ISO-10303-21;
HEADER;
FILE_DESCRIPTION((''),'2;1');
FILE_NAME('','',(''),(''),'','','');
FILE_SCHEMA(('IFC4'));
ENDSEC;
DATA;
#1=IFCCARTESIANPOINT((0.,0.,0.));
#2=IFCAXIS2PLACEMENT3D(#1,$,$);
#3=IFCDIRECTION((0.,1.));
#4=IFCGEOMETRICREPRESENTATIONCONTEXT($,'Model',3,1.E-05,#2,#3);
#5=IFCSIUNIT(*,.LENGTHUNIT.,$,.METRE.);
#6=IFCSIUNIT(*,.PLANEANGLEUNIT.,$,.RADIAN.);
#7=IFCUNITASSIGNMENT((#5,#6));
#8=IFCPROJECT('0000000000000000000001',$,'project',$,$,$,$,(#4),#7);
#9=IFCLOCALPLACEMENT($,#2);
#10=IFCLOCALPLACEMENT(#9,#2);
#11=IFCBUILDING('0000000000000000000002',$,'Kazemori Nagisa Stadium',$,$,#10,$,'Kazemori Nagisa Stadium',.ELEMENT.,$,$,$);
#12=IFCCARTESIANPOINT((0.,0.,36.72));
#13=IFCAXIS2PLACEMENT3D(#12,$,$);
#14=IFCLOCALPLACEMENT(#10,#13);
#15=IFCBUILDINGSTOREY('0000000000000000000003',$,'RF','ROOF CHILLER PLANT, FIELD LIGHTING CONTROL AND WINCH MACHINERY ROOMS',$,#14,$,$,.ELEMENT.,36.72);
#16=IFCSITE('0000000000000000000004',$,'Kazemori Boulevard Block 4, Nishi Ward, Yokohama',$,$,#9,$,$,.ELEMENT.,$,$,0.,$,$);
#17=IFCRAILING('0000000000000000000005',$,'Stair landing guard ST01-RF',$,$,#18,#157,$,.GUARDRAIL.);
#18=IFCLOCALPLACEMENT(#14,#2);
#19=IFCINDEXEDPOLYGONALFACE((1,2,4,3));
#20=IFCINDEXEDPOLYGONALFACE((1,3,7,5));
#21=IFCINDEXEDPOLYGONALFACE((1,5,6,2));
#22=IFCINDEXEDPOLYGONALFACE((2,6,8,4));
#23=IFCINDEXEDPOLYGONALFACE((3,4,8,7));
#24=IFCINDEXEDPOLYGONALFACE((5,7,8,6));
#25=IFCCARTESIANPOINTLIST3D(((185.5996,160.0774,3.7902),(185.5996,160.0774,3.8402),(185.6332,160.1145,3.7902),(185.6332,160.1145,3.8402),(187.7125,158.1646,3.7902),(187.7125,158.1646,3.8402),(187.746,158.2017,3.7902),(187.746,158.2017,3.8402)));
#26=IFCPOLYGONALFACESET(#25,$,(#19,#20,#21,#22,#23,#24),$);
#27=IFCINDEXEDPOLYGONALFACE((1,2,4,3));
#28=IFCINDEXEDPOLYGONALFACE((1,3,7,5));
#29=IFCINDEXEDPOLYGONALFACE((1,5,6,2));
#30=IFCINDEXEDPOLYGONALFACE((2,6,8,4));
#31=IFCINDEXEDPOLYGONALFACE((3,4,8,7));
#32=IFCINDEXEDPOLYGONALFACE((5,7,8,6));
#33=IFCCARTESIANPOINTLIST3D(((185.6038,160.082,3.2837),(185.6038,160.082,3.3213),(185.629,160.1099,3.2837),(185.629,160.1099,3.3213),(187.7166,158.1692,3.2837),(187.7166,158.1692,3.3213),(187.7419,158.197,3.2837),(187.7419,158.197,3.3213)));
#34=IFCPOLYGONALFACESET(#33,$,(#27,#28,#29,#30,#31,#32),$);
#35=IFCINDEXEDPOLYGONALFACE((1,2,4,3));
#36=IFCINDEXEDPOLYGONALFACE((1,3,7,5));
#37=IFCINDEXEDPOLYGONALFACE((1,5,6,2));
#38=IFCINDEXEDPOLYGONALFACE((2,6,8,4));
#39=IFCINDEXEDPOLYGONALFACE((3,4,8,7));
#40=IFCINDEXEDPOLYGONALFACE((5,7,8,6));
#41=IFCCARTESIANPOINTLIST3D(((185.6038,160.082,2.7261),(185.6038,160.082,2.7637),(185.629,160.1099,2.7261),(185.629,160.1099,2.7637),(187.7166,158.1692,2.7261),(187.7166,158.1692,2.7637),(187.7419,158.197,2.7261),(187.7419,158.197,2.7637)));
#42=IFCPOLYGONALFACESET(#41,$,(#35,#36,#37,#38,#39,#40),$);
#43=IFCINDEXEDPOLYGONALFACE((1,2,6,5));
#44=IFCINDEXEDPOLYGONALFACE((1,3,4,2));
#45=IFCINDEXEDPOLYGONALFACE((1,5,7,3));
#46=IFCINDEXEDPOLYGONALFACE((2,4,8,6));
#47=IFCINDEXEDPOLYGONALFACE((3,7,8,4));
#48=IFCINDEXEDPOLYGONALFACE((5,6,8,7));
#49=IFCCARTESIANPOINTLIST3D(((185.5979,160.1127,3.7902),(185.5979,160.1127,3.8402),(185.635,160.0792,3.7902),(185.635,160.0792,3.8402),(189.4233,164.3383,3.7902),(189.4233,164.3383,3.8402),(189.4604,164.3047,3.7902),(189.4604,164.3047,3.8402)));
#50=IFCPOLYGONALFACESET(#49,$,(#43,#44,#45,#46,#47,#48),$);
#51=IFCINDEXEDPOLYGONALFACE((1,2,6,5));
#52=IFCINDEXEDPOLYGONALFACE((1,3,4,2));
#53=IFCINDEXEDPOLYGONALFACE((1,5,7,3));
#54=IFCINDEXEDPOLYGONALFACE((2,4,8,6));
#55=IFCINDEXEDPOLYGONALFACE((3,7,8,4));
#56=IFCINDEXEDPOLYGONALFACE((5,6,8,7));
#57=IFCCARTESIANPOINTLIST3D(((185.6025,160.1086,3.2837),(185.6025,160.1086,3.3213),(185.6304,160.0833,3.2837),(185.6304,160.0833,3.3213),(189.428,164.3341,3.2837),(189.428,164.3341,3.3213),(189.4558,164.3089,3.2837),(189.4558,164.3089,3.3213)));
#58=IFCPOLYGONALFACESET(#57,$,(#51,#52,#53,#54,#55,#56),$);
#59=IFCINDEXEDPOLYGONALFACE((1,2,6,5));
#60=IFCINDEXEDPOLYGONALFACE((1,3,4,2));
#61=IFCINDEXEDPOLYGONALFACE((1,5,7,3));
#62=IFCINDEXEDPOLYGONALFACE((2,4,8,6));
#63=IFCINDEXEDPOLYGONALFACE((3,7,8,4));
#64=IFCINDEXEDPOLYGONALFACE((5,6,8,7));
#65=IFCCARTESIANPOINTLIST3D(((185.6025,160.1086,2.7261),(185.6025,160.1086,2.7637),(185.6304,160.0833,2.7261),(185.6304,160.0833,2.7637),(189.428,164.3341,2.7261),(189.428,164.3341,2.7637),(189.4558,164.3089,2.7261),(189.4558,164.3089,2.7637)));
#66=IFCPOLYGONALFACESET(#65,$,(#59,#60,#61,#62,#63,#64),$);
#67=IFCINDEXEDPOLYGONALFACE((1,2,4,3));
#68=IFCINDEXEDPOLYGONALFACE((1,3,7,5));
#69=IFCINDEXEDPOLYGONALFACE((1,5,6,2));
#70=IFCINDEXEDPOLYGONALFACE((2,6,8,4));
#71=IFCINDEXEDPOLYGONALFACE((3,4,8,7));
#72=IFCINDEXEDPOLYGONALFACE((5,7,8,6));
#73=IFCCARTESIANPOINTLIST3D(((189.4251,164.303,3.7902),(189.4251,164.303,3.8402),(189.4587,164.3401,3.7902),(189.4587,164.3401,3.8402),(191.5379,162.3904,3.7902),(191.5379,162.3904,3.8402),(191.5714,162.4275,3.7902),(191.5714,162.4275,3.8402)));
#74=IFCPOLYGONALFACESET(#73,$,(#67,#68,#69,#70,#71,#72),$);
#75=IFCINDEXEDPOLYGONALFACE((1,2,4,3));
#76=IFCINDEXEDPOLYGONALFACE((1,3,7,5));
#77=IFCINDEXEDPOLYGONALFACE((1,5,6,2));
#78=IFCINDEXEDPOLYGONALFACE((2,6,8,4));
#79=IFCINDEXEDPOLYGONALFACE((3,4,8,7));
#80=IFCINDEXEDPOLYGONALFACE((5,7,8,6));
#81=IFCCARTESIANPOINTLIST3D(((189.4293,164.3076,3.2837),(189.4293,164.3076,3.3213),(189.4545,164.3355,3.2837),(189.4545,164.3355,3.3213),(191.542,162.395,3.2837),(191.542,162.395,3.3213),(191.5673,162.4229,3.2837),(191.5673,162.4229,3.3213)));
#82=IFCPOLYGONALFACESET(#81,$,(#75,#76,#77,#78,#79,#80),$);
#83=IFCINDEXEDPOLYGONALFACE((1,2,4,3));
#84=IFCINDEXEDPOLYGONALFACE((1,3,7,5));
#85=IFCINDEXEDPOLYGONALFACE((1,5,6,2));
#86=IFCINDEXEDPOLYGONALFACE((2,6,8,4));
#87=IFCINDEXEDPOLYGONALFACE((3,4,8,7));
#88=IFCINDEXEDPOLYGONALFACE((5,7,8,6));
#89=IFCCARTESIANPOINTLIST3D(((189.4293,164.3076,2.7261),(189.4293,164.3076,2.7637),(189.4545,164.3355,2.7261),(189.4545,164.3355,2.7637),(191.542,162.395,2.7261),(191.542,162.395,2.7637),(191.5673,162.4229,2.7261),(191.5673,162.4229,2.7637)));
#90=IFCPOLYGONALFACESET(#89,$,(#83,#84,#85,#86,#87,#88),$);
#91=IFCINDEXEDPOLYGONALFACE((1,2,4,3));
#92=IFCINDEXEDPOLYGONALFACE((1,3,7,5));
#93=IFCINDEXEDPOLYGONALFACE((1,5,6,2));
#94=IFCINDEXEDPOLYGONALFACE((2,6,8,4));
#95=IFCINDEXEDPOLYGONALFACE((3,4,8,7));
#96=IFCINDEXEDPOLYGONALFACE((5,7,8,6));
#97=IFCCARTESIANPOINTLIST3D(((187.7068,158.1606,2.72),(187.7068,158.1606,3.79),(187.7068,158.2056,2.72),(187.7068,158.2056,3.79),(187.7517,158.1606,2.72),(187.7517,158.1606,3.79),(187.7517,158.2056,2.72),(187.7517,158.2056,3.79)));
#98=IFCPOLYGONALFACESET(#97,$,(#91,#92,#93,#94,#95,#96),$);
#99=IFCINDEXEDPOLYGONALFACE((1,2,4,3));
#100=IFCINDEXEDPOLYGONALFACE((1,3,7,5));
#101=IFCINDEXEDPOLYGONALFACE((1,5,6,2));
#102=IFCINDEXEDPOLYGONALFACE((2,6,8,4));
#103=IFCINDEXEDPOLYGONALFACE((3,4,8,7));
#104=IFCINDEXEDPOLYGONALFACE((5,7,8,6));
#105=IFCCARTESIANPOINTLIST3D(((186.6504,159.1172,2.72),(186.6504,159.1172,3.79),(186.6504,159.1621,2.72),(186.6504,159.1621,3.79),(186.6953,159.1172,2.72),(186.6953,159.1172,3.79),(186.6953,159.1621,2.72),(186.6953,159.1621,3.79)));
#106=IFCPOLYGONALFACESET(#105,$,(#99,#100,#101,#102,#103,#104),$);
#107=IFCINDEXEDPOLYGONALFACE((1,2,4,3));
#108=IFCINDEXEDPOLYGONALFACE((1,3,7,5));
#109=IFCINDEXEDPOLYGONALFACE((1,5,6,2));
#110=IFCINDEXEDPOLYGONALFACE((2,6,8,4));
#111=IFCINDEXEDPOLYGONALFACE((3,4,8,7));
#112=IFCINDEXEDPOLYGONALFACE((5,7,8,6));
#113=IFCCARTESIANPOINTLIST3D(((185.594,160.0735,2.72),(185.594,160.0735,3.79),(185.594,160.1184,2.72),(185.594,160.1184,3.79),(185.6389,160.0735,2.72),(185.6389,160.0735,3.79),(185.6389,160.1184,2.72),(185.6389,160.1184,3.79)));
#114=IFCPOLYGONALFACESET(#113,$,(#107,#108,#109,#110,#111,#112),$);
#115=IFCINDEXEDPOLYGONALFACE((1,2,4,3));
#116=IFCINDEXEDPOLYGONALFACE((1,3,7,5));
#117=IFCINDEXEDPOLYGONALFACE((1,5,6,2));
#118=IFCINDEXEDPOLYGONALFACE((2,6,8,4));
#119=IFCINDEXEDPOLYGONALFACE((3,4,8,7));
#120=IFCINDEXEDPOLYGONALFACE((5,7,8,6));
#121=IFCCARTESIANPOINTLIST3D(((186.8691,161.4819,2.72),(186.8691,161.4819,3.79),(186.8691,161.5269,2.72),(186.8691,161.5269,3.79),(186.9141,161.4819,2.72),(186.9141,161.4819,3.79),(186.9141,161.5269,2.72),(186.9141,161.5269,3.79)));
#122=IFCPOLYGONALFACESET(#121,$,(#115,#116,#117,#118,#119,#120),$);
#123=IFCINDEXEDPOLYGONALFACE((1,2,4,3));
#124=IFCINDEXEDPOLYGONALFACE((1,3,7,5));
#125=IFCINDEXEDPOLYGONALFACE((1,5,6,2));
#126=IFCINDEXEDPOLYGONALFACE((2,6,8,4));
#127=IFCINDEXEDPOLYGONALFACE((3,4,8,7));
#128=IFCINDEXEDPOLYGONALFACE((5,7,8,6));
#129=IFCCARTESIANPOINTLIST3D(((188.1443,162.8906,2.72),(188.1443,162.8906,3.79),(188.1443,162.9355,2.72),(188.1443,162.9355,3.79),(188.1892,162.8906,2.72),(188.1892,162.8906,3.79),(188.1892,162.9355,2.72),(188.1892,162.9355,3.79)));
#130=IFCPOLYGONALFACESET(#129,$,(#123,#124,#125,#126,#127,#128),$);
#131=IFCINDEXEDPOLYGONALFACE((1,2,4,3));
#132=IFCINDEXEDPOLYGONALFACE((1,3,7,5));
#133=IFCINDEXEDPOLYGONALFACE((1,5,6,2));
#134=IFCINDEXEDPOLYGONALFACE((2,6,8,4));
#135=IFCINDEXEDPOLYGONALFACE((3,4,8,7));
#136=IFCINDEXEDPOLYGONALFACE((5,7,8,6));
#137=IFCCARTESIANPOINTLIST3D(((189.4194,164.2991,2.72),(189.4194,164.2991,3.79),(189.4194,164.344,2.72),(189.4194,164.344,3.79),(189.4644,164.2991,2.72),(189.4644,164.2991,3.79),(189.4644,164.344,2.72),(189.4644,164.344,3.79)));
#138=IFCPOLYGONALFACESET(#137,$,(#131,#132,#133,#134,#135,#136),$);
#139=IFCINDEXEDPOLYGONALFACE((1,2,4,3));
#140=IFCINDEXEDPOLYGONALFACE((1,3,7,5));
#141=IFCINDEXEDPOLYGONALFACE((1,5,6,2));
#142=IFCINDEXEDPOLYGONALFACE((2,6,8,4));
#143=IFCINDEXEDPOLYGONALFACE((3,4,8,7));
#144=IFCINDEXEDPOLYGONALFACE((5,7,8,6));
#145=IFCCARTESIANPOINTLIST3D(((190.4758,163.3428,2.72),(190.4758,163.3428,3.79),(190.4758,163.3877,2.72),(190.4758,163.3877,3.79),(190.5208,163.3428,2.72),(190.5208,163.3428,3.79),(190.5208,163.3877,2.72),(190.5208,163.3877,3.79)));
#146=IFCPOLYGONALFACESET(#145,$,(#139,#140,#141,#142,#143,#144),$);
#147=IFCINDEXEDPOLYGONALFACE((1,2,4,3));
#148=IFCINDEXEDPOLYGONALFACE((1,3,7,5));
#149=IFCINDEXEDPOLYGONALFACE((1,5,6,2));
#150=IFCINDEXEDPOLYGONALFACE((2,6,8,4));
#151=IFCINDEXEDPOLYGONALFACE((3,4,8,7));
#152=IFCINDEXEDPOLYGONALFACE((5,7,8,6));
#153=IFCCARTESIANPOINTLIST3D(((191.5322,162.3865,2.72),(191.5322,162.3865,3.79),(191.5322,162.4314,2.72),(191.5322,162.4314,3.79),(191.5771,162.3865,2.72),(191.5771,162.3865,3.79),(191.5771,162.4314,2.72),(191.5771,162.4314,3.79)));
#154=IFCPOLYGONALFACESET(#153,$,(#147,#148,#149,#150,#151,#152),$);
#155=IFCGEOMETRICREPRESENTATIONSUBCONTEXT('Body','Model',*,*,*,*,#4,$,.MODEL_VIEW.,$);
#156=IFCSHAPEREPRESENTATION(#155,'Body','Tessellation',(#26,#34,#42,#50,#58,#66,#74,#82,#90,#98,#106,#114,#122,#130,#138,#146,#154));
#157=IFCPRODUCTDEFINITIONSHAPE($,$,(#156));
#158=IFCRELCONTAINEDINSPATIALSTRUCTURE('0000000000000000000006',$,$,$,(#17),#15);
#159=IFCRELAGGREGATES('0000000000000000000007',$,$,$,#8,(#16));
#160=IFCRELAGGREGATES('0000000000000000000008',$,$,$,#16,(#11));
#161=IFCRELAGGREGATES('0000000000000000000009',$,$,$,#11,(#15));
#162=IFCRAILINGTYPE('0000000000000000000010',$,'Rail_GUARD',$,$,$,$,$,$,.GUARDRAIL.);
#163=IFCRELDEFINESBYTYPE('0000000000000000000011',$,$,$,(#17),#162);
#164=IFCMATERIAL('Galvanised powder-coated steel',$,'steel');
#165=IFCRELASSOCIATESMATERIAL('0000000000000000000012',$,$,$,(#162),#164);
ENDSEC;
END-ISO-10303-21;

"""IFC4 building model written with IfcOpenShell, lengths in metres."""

from ifc_helpers import new_model, si_unit, direction, frame, origin, origin_2d, place, context, subcontext, project, spatial, rectangle, extrude, material, type_object, element, save


model = new_model("IFC4")

# Units and contexts
model_context = context("Model", 3, precision=1e-05, world=origin(), true_north=direction((0.0, 1.0)))
body_context = subcontext(model_context, "Body", "Model", "MODEL_VIEW")
ifc_project = project(units=[si_unit("LENGTHUNIT", "METRE"), si_unit("PLANEANGLEUNIT", "RADIAN")], contexts=[model_context])

# Site, building, storey
site_placement = place(None, origin())
site = spatial("IfcSite", under=ifc_project, at=site_placement, Name="Kazemori Boulevard Block 4, Nishi Ward, Yokohama", CompositionType="ELEMENT", RefElevation=0.0)
building_placement = place(site_placement, origin())
building = spatial("IfcBuilding", under=site, at=building_placement, Name="Kazemori Nagisa Stadium", LongName="Kazemori Nagisa Stadium", CompositionType="ELEMENT")
storey_placement = place(building_placement, frame((0.0, 0.0, 36.72)))
storey = spatial("IfcBuildingStorey", under=building, at=storey_placement, Name="RF", Description="ROOF CHILLER PLANT, FIELD LIGHTING CONTROL AND WINCH MACHINERY ROOMS", CompositionType="ELEMENT", Elevation=36.72)

# Railing
ifc_material_1 = material(Name="Galvanised powder-coated steel", Category="steel")
railing_type = type_object("IfcRailingType", Name="Rail_GUARD", PredefinedType="GUARDRAIL", material=ifc_material_1)
railing_placement = place(storey_placement, frame((187.7292, 158.1831, 2.72)))
element("IfcRailing", 1, at=railing_placement, inside=storey, type_object=railing_type, Name="Stair landing guard ST01-RF", PredefinedType="GUARDRAIL", context=body_context, shape_type="SweptSolid", body=[
    extrude(rectangle(XDim=0.05, YDim=0.05, at=origin_2d()), frame((0.0, 0.0, 1.0952), z_axis=(-0.741315, 0.671158, 0.0), x_axis=(-0.671158, -0.741315, 0.0)), (0.0, 0.0, 1.0), 2.8501),
    extrude(rectangle(XDim=0.0376, YDim=0.0376, at=origin_2d()), frame((0.0, 0.0, 0.5825), z_axis=(-0.741315, 0.671158, 0.0), x_axis=(-0.671158, -0.741315, 0.0)), (0.0, 0.0, 1.0), 2.8501),
    extrude(rectangle(XDim=0.0376, YDim=0.0376, at=origin_2d()), frame((0.0, 0.0, 0.0249), z_axis=(-0.741315, 0.671158, 0.0), x_axis=(-0.671158, -0.741315, 0.0)), (0.0, 0.0, 1.0), 2.8501),
    extrude(rectangle(XDim=0.05, YDim=0.05, at=origin_2d()), frame((-2.1128, 1.9128, 1.0952), z_axis=(0.671134, 0.741336, 0.0), x_axis=(-0.741336, 0.671134, 0.0)), (0.0, 0.0, 1.0), 5.7),
    extrude(rectangle(XDim=0.0376, YDim=0.0376, at=origin_2d()), frame((-2.1128, 1.9128, 0.5825), z_axis=(0.671134, 0.741336, 0.0), x_axis=(-0.741336, 0.671134, 0.0)), (0.0, 0.0, 1.0), 5.7),
    extrude(rectangle(XDim=0.0376, YDim=0.0376, at=origin_2d()), frame((-2.1128, 1.9128, 0.0249), z_axis=(0.671134, 0.741336, 0.0), x_axis=(-0.741336, 0.671134, 0.0)), (0.0, 0.0, 1.0), 5.7),
    extrude(rectangle(XDim=0.05, YDim=0.05, at=origin_2d()), frame((1.7126, 6.1384, 1.0952), z_axis=(0.741357, -0.671111, 0.0), x_axis=(0.671111, 0.741357, 0.0)), (0.0, 0.0, 1.0), 2.8499),
    extrude(rectangle(XDim=0.0376, YDim=0.0376, at=origin_2d()), frame((1.7126, 6.1384, 0.5825), z_axis=(0.741357, -0.671111, 0.0), x_axis=(0.671111, 0.741357, 0.0)), (0.0, 0.0, 1.0), 2.8499),
    extrude(rectangle(XDim=0.0376, YDim=0.0376, at=origin_2d()), frame((1.7126, 6.1384, 0.0249), z_axis=(0.741357, -0.671111, 0.0), x_axis=(0.671111, 0.741357, 0.0)), (0.0, 0.0, 1.0), 2.8499),
    extrude(rectangle(XDim=0.0449, YDim=0.0449, at=origin_2d()), origin(), (0.0, 0.0, 1.0), 1.0701),
    extrude(rectangle(XDim=0.0449, YDim=0.0449, at=origin_2d()), frame((-1.0564, 0.9565, 0.0)), (0.0, 0.0, 1.0), 1.0701),
    extrude(rectangle(XDim=0.0449, YDim=0.0449, at=origin_2d()), frame((-2.1128, 1.9128, 0.0)), (0.0, 0.0, 1.0), 1.0701),
    extrude(rectangle(XDim=0.0449, YDim=0.0449, at=origin_2d()), frame((-0.8376, 3.3213, 0.0)), (0.0, 0.0, 1.0), 1.0701),
    extrude(rectangle(XDim=0.0449, YDim=0.0449, at=origin_2d()), frame((0.4375, 4.73, 0.0)), (0.0, 0.0, 1.0), 1.0701),
    extrude(rectangle(XDim=0.0449, YDim=0.0449, at=origin_2d()), frame((1.7126, 6.1384, 0.0)), (0.0, 0.0, 1.0), 1.0701),
    extrude(rectangle(XDim=0.0449, YDim=0.0449, at=origin_2d()), frame((2.769, 5.1821, 0.0)), (0.0, 0.0, 1.0), 1.0701),
    extrude(rectangle(XDim=0.0449, YDim=0.0449, at=origin_2d()), frame((3.8254, 4.2258, 0.0)), (0.0, 0.0, 1.0), 1.0701),
])

save(model, "model.ifc")
